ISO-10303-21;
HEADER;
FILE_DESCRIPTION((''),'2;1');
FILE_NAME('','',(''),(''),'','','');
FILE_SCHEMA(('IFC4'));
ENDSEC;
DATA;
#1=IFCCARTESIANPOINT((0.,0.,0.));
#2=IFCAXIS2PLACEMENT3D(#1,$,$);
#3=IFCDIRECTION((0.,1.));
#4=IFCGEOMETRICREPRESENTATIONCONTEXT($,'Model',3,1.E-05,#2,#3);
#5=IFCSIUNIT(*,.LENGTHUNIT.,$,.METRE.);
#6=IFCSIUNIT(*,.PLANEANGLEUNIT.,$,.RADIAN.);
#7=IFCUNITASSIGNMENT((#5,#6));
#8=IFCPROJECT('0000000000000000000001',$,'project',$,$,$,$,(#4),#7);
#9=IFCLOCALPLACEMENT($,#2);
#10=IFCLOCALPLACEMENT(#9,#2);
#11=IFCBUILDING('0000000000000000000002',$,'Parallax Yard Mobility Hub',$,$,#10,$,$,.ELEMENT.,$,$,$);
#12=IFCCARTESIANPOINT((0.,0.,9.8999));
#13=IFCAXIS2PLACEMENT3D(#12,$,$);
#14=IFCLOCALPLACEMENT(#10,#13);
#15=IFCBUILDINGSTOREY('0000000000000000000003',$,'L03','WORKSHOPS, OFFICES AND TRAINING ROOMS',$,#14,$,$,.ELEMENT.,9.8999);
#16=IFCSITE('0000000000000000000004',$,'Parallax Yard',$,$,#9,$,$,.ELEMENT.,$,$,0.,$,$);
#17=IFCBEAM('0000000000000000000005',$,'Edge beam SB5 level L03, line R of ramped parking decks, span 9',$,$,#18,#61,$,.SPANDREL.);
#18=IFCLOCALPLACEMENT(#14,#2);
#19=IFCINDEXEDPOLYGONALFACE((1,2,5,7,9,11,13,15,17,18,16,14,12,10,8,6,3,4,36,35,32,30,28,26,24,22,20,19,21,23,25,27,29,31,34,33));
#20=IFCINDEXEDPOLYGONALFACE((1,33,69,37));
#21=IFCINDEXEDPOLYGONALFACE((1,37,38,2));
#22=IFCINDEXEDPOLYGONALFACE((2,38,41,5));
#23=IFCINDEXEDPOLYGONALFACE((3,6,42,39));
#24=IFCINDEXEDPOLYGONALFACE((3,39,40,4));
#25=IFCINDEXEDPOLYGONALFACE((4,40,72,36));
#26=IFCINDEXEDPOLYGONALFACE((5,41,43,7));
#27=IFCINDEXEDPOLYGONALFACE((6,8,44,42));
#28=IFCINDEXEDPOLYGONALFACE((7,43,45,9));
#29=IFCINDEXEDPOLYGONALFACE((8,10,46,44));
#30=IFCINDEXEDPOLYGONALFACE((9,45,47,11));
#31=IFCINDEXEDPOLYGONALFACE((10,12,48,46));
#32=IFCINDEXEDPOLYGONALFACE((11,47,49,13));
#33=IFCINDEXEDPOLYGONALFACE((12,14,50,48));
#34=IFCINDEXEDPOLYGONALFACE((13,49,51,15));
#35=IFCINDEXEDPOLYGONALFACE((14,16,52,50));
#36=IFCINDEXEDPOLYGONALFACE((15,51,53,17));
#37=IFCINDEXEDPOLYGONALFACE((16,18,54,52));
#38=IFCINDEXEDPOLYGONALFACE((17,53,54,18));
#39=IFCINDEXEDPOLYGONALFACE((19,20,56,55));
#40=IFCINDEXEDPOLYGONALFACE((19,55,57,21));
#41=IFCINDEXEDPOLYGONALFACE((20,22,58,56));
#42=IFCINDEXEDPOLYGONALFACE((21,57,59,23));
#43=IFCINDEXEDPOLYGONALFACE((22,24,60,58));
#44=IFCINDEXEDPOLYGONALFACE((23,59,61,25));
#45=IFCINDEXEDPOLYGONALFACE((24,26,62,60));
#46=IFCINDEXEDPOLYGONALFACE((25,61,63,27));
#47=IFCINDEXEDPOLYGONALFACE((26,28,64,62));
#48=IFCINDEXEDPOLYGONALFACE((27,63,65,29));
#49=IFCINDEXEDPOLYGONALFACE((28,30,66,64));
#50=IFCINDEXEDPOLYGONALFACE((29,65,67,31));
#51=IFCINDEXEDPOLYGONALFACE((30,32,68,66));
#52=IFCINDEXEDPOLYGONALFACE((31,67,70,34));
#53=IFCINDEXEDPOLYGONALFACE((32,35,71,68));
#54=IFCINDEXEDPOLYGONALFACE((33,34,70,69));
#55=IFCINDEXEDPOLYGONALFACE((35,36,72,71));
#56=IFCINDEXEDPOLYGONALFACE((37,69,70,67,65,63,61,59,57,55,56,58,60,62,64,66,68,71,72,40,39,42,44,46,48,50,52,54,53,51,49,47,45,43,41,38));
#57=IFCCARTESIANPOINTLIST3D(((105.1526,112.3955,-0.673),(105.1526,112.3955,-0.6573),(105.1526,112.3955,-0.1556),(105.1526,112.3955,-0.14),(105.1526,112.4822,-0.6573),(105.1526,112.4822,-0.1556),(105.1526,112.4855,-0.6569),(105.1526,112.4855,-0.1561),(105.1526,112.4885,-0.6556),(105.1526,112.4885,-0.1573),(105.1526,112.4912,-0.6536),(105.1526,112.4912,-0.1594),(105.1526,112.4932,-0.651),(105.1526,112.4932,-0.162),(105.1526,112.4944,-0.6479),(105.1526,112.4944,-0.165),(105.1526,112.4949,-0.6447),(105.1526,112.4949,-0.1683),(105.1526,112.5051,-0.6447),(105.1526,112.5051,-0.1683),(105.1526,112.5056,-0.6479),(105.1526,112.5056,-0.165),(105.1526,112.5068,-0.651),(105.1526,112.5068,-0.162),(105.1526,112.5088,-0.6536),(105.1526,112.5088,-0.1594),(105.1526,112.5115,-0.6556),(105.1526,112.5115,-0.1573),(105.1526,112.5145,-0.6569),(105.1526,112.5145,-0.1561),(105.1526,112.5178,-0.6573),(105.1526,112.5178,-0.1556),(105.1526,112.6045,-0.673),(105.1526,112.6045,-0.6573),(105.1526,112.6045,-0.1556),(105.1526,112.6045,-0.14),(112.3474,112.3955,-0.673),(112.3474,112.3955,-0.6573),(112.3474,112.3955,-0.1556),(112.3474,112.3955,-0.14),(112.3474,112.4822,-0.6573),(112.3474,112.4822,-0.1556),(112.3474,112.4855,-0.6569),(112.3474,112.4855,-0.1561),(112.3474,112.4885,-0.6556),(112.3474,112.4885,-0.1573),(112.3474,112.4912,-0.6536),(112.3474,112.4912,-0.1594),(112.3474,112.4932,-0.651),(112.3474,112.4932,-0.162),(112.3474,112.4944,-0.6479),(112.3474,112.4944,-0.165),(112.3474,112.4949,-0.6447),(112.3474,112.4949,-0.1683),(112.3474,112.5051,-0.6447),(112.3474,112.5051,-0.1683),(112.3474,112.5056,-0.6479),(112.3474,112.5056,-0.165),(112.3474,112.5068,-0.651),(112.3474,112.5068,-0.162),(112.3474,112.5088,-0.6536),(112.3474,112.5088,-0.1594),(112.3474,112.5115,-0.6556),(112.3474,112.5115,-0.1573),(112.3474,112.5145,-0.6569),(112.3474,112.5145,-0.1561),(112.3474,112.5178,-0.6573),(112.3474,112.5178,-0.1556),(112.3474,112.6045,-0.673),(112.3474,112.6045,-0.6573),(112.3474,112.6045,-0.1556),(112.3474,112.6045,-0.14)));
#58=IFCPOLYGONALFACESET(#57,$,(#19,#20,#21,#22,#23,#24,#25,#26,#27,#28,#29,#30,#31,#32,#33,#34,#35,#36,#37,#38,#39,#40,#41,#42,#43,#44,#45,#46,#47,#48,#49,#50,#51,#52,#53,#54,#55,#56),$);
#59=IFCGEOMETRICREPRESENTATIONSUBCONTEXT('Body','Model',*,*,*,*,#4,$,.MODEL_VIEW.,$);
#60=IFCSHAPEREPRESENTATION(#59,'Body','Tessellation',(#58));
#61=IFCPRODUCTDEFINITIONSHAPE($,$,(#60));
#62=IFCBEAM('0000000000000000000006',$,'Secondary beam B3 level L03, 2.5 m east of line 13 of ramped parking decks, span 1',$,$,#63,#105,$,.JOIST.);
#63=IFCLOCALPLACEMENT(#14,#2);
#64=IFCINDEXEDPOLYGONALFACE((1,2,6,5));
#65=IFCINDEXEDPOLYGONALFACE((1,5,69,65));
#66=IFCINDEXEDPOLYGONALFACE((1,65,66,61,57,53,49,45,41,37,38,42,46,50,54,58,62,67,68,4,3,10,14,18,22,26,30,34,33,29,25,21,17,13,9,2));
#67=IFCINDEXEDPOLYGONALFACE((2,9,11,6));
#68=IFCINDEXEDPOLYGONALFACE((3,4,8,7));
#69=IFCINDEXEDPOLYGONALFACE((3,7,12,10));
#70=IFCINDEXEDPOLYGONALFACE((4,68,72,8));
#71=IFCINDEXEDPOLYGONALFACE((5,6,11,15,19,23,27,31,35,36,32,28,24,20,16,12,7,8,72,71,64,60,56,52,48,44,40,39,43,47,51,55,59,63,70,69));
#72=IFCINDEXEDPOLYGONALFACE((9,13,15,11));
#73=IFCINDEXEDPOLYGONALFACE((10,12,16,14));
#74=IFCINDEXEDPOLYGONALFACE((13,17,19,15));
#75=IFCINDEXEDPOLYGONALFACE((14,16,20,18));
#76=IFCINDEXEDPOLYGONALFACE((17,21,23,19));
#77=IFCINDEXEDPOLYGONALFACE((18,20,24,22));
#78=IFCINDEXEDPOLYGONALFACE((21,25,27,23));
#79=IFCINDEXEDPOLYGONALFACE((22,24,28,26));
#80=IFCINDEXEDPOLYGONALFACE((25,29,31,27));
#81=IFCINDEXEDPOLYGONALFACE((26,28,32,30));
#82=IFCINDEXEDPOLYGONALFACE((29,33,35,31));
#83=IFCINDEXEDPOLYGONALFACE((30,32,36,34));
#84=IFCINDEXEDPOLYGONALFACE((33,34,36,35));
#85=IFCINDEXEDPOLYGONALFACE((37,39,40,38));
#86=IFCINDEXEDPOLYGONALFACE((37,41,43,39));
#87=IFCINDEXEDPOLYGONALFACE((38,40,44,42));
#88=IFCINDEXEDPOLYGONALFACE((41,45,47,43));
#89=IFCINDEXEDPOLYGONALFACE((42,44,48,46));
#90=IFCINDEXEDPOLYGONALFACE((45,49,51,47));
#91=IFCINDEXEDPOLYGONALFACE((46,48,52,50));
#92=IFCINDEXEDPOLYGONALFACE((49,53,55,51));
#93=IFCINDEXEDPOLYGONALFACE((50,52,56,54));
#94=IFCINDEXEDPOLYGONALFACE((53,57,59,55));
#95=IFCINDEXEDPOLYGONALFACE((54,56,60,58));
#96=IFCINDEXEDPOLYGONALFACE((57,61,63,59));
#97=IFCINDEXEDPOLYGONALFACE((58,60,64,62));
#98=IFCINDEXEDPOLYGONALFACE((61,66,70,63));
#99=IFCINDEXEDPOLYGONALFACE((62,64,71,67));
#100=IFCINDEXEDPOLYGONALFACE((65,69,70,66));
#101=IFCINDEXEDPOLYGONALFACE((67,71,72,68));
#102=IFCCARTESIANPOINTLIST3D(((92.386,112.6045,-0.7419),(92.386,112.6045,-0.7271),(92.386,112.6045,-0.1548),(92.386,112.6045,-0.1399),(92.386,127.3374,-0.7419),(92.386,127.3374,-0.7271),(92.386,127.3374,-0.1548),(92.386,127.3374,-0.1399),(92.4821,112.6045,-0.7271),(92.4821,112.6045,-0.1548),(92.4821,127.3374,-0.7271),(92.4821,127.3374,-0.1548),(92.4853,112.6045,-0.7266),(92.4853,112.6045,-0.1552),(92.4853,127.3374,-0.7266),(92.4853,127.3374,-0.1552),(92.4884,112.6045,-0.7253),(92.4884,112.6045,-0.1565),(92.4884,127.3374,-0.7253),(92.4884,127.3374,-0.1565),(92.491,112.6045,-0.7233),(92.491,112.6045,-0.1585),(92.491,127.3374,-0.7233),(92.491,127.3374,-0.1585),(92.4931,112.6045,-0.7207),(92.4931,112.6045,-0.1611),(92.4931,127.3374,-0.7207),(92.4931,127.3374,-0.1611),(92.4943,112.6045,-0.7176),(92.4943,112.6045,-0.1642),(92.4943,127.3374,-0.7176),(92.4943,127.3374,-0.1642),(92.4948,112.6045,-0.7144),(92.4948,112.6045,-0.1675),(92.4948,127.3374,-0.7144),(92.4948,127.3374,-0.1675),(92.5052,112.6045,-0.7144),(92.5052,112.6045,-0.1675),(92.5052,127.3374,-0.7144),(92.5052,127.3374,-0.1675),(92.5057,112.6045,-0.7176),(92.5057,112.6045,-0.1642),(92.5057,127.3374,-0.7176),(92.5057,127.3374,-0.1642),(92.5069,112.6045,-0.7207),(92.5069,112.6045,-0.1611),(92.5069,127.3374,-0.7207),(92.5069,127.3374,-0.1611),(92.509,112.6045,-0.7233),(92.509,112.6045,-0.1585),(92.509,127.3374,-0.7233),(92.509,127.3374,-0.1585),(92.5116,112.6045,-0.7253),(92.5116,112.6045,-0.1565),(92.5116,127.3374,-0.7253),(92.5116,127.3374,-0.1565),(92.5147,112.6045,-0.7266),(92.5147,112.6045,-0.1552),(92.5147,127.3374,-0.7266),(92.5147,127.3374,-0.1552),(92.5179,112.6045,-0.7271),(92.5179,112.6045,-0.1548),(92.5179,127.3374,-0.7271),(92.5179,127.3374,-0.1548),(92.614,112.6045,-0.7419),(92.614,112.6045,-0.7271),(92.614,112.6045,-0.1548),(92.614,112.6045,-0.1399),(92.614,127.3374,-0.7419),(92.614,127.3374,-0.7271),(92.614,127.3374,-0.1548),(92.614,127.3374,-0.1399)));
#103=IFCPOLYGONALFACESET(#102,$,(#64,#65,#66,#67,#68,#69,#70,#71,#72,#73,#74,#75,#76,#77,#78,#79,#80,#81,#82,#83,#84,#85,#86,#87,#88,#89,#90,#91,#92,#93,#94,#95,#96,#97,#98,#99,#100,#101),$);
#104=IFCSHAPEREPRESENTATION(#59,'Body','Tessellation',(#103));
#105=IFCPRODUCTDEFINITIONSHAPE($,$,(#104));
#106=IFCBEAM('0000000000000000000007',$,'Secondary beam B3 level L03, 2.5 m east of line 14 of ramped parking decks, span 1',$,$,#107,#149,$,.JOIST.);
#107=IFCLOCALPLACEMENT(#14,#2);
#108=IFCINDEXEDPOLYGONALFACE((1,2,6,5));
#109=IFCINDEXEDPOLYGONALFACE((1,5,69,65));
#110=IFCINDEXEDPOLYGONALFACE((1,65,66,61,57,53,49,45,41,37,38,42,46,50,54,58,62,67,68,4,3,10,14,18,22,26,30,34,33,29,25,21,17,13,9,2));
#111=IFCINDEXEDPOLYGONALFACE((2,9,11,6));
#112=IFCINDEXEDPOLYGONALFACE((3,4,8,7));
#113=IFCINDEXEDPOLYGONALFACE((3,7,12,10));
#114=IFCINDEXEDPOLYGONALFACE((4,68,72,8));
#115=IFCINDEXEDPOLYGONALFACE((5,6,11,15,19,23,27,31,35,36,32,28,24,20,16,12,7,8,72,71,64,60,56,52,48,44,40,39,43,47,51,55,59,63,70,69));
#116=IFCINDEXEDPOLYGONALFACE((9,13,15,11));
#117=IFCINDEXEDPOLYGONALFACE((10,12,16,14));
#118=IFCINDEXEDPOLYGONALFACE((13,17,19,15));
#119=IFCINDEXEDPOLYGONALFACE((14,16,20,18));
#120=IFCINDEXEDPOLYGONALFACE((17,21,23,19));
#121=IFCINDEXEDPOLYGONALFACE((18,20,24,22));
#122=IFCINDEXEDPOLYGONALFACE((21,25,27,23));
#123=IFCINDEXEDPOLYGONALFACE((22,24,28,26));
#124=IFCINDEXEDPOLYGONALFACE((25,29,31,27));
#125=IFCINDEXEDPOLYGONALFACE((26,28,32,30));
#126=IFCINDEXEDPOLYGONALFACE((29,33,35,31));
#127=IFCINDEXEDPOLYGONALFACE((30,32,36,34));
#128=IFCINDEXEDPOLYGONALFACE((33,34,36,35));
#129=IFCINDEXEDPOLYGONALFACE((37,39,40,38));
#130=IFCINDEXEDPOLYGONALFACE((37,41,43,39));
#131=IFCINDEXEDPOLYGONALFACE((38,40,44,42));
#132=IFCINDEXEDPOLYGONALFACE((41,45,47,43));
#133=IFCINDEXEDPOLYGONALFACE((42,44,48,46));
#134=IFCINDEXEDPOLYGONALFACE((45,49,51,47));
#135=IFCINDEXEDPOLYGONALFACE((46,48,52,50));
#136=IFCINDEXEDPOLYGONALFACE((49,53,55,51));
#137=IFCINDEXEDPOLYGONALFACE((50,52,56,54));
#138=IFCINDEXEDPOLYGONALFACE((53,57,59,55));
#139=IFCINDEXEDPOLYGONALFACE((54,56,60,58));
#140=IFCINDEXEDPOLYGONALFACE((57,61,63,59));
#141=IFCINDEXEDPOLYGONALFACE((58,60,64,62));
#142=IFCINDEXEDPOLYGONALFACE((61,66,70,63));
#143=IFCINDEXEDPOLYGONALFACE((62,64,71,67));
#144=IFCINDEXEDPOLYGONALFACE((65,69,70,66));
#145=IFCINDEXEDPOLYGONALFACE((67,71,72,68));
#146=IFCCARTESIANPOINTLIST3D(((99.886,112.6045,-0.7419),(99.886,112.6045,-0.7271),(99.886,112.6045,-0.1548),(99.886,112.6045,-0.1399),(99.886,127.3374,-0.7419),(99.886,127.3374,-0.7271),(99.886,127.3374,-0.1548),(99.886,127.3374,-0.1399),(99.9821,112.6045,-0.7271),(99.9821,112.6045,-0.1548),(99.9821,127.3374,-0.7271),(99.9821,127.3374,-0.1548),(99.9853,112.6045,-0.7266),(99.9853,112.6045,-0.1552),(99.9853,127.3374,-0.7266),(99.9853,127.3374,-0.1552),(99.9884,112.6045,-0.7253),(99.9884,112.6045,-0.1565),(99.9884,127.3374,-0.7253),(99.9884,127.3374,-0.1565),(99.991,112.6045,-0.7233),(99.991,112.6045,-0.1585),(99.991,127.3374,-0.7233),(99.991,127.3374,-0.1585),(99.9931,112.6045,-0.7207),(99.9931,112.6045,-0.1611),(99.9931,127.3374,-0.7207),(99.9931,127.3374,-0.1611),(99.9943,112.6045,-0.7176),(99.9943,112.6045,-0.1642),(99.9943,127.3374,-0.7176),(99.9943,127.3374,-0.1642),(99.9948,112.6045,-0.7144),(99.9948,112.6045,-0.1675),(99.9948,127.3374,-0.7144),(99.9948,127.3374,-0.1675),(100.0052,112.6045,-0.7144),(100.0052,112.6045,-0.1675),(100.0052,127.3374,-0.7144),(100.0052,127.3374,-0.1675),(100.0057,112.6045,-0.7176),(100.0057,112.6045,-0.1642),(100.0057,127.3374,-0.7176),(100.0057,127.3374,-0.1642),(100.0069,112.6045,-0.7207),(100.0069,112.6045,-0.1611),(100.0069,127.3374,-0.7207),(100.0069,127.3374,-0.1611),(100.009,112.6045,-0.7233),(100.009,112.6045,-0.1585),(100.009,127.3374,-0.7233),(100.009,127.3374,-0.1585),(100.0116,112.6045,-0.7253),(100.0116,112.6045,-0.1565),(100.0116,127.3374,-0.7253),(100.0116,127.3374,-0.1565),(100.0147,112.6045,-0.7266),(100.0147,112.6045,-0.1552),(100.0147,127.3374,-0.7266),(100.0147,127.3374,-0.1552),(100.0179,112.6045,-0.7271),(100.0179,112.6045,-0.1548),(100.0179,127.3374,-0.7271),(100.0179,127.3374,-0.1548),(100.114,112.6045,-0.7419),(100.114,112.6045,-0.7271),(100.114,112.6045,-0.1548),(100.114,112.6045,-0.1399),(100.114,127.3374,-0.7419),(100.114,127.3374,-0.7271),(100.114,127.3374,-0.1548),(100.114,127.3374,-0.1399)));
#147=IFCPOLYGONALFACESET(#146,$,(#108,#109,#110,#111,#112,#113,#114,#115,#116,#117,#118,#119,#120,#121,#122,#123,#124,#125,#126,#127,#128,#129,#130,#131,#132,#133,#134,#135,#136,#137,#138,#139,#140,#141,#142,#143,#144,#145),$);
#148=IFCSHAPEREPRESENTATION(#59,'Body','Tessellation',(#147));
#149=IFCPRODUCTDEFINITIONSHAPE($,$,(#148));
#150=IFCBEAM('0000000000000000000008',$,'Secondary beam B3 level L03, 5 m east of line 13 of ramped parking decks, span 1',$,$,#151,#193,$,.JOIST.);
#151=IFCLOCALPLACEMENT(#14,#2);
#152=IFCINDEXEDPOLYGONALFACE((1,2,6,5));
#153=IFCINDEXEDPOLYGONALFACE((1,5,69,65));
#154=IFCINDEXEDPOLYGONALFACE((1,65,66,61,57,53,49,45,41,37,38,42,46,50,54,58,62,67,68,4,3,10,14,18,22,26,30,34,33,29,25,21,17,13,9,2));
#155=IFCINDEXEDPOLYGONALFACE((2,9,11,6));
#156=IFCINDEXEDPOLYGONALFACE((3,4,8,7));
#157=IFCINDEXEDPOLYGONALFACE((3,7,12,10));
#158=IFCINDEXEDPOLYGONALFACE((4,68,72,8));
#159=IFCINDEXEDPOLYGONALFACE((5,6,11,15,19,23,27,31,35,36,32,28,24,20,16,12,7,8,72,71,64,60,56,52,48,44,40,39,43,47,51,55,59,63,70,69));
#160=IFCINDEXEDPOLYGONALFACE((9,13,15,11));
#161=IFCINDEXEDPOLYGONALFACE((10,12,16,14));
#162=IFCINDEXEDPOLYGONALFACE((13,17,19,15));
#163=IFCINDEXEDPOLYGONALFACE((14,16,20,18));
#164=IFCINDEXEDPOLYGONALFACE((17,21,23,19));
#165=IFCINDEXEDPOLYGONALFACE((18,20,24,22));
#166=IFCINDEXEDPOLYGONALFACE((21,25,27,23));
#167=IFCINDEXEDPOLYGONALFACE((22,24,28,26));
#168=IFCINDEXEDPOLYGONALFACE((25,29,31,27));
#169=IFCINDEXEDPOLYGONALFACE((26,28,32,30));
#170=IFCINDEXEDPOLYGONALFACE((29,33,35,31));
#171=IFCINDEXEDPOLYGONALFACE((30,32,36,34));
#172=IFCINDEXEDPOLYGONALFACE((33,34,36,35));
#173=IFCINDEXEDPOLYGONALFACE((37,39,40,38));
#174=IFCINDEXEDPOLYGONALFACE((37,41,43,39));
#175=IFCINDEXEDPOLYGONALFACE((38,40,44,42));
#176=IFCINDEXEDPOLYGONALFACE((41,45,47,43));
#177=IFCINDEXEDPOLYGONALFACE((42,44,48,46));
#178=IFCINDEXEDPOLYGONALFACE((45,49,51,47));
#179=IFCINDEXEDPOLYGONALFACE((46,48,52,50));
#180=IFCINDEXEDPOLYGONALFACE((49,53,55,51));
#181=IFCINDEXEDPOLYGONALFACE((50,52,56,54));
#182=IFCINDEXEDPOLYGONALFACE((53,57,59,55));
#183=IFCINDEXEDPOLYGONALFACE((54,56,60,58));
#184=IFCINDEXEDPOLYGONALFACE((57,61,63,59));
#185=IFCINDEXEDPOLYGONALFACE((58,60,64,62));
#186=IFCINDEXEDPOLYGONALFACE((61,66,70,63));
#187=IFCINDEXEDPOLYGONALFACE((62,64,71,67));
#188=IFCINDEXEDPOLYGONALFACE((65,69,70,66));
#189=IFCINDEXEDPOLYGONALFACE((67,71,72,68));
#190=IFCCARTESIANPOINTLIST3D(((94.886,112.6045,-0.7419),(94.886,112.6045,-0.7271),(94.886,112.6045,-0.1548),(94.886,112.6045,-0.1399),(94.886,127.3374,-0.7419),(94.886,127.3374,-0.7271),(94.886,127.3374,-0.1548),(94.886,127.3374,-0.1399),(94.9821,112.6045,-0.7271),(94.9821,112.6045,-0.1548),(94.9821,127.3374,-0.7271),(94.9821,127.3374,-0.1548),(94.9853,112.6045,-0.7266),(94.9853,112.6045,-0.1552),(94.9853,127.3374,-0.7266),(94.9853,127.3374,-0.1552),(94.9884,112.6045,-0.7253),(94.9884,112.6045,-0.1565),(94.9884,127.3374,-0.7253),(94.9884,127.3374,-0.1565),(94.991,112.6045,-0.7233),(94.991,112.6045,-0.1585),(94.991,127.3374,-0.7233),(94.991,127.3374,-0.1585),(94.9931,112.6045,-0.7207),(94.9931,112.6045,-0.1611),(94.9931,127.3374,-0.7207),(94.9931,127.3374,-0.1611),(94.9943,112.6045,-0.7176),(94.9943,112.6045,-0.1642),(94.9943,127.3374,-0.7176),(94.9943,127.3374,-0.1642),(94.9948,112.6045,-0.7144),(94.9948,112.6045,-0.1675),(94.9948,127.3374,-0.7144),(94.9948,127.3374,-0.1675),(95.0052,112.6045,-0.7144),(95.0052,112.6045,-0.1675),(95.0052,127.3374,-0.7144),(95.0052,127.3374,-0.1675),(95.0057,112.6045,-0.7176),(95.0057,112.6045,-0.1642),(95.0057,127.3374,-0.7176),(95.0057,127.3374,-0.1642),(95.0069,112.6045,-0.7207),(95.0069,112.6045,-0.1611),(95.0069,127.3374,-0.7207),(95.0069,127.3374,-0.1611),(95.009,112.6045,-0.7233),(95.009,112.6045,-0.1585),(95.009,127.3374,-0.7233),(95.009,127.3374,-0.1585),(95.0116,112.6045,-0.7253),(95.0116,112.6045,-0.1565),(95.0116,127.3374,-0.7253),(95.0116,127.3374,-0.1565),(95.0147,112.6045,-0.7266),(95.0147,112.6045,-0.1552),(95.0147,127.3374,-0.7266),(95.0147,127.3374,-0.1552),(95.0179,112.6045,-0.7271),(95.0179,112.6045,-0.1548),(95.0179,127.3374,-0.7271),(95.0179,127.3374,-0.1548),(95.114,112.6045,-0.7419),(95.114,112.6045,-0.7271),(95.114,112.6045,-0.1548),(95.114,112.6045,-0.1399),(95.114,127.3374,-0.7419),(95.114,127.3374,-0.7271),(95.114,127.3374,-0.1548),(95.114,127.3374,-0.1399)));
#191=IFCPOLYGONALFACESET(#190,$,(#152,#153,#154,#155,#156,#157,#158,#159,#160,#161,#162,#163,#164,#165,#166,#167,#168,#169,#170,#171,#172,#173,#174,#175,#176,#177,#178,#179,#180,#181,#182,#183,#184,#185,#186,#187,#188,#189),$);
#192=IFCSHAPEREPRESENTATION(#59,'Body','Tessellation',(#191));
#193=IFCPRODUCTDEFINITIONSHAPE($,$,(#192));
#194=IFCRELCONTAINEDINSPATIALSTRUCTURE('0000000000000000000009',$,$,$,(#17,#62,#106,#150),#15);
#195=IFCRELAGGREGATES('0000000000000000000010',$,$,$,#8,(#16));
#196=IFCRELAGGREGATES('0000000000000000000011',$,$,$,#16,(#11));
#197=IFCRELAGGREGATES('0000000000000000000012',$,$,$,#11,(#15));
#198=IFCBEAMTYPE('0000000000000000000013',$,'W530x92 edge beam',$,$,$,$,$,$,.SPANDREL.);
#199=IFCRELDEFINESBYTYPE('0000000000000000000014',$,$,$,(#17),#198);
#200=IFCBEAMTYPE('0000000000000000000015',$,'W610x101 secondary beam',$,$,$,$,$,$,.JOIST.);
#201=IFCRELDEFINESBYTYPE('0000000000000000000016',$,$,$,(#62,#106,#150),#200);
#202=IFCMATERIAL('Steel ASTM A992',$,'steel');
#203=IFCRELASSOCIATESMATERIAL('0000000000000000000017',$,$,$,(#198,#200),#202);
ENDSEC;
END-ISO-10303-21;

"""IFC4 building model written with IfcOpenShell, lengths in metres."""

from ifc_helpers import new_model, si_unit, direction, frame, origin, origin_2d, place, context, subcontext, project, spatial, i_section, extrude, material, material_profile, profile_set, type_object, element, save


model = new_model("IFC4")

# Units and contexts
model_context = context("Model", 3, precision=1e-05, world=origin(), true_north=direction((0.0, 1.0)))
body_context = subcontext(model_context, "Body", "Model", "MODEL_VIEW")
ifc_project = project(units=[si_unit("LENGTHUNIT", "METRE"), si_unit("PLANEANGLEUNIT", "RADIAN")], contexts=[model_context])

# Site, building, storey
site_placement = place(None, origin())
site = spatial("IfcSite", under=ifc_project, at=site_placement, Name="Parallax Yard", CompositionType="ELEMENT", RefElevation=0.0)
building_placement = place(site_placement, origin())
building = spatial("IfcBuilding", under=site, at=building_placement, Name="Parallax Yard Mobility Hub", CompositionType="ELEMENT")
storey_placement = place(building_placement, frame((0.0, 0.0, 9.8999)))
storey = spatial("IfcBuildingStorey", under=building, at=storey_placement, Name="L03", Description="WORKSHOPS, OFFICES AND TRAINING ROOMS", CompositionType="ELEMENT", Elevation=9.8999)

# Shared definitions
ifc_material_1 = material(Name="Steel ASTM A992", Category="steel")

# Beams
ifc_material_profile_1 = material_profile(ifc_material_1, i_section(OverallWidth=0.209, OverallDepth=0.533, WebThickness=0.0103, FlangeThickness=0.0156, FilletRadius=0.0127, at=origin_2d()), Name="W530x92")
ifc_profile_set_1 = profile_set([ifc_material_profile_1], Name="Steel ASTM A992")
beam_type_1 = type_object("IfcBeamType", Name="W530x92 edge beam", PredefinedType="SPANDREL", material=ifc_profile_set_1)
for number, where, z_axis, x_axis, name in (
    (1, (105.1526, 112.5, -0.4065), (1.0, 0.0, 0.0), (0.0, 1.0, 0.0), "Edge beam SB5 level L03, line R of ramped parking decks, span 9"),
):
    element("IfcBeam", number, at=place(storey_placement, frame(where, z_axis=z_axis, x_axis=x_axis)), inside=storey, type_object=beam_type_1, Name=name, PredefinedType="SPANDREL", context=body_context, shape_type="SweptSolid", body=[
        extrude(i_section(OverallWidth=0.209, OverallDepth=0.533, WebThickness=0.0103, FlangeThickness=0.0156, FilletRadius=0.0127, at=origin_2d()), origin(), (0.0, 0.0, 1.0), 7.1948),
    ])
ifc_material_profile_2 = material_profile(ifc_material_1, i_section(OverallWidth=0.228, OverallDepth=0.6021, WebThickness=0.0105, FlangeThickness=0.0149, FilletRadius=0.0127, at=origin_2d()), Name="W610x101")
ifc_profile_set_2 = profile_set([ifc_material_profile_2], Name="Steel ASTM A992")
beam_type_2 = type_object("IfcBeamType", Name="W610x101 secondary beam", PredefinedType="JOIST", material=ifc_profile_set_2)
for number, where, z_axis, x_axis, name in (
    (2, (92.5, 112.6045, -0.4409), (0.0, 1.0, 0.0), (-1.0, 0.0, 0.0), "Secondary beam B3 level L03, 2.5 m east of line 13 of ramped parking decks, span 1"),
    (3, (100.0, 112.6045, -0.4409), (0.0, 1.0, 0.0), (-1.0, 0.0, 0.0), "Secondary beam B3 level L03, 2.5 m east of line 14 of ramped parking decks, span 1"),
    (4, (95.0, 112.6045, -0.4409), (0.0, 1.0, 0.0), (-1.0, 0.0, 0.0), "Secondary beam B3 level L03, 5 m east of line 13 of ramped parking decks, span 1"),
):
    element("IfcBeam", number, at=place(storey_placement, frame(where, z_axis=z_axis, x_axis=x_axis)), inside=storey, type_object=beam_type_2, Name=name, PredefinedType="JOIST", context=body_context, shape_type="SweptSolid", body=[
        extrude(i_section(OverallWidth=0.228, OverallDepth=0.6021, WebThickness=0.0105, FlangeThickness=0.0149, FilletRadius=0.0127, at=origin_2d()), origin(), (0.0, 0.0, 1.0), 14.7329),
    ])

save(model, "model.ifc")
